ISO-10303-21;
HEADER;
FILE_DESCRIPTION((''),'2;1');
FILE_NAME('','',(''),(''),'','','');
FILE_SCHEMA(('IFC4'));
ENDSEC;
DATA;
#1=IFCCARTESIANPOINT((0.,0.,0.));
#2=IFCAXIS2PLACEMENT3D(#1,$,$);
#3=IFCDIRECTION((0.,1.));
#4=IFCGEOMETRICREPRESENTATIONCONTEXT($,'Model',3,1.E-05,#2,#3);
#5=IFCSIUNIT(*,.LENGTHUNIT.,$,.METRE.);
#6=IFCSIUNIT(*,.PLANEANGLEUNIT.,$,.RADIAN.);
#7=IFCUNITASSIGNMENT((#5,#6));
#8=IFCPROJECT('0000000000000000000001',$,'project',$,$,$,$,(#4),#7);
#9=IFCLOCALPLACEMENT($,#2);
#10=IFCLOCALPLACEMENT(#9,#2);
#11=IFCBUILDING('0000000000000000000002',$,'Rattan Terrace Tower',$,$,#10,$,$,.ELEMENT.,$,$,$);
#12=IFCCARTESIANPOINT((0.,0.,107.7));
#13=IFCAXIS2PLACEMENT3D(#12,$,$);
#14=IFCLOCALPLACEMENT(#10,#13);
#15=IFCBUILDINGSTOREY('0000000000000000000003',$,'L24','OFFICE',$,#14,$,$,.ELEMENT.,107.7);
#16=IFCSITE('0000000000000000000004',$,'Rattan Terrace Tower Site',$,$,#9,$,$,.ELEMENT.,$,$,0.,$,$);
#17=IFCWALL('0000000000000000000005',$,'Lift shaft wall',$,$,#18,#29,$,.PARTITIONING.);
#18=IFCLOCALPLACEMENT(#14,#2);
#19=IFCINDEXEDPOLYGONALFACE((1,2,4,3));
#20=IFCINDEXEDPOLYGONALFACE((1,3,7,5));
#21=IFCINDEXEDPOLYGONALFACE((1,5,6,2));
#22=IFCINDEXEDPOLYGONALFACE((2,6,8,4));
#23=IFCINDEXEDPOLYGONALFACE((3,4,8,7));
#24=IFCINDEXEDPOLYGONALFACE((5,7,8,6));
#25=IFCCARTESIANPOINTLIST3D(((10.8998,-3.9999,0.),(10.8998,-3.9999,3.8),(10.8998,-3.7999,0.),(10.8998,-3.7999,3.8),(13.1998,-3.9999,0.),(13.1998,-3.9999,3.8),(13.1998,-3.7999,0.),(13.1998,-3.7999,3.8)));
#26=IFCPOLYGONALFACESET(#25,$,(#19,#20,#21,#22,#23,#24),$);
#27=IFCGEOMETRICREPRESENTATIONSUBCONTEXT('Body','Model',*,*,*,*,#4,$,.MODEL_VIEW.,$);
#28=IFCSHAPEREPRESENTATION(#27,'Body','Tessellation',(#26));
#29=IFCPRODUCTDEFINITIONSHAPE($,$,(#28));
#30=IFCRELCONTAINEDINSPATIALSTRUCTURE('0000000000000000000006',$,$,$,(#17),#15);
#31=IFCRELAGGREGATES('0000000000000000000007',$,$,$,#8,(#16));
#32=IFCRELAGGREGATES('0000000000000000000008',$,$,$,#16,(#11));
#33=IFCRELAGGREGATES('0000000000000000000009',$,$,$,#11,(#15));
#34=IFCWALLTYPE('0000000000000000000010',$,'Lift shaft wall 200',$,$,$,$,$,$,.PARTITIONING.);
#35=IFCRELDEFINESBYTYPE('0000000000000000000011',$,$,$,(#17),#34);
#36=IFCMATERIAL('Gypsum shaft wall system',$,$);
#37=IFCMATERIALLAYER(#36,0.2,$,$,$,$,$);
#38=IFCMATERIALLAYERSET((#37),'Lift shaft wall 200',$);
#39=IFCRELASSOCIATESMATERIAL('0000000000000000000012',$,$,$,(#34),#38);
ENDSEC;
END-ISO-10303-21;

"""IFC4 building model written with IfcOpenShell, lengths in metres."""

from ifc_helpers import new_model, si_unit, direction, frame, frame_2d, origin, place, context, subcontext, project, spatial, rectangle, extrude, material, layer, layer_set, type_object, element, save


model = new_model("IFC4")

# Units and contexts
model_context = context("Model", 3, precision=1e-05, world=origin(), true_north=direction((0.0, 1.0)))
body_context = subcontext(model_context, "Body", "Model", "MODEL_VIEW")
ifc_project = project(units=[si_unit("LENGTHUNIT", "METRE"), si_unit("PLANEANGLEUNIT", "RADIAN")], contexts=[model_context])

# Site, building, storey
site_placement = place(None, origin())
site = spatial("IfcSite", under=ifc_project, at=site_placement, Name="Rattan Terrace Tower Site", CompositionType="ELEMENT", RefElevation=0.0)
building_placement = place(site_placement, origin())
building = spatial("IfcBuilding", under=site, at=building_placement, Name="Rattan Terrace Tower", CompositionType="ELEMENT")
storey_placement = place(building_placement, frame((0.0, 0.0, 107.7)))
storey = spatial("IfcBuildingStorey", under=building, at=storey_placement, Name="L24", Description="OFFICE", CompositionType="ELEMENT", Elevation=107.7)

# Shared definitions
ifc_material_1 = material(Name="Gypsum shaft wall system")
ifc_layer_1 = layer(ifc_material_1, 0.2)
ifc_layer_set_1 = layer_set([ifc_layer_1], Name="Lift shaft wall 200")
wall_type_1 = type_object("IfcWallType", Name="Lift shaft wall 200", PredefinedType="PARTITIONING", material=ifc_layer_set_1)

# Wall
wall_1_placement = place(storey_placement, frame((10.8999, -3.8999, 0.0), z_axis=(0.0, 0.0, 1.0), x_axis=(1.0, 0.0, 0.0)))
element("IfcWall", 1, at=wall_1_placement, inside=storey, type_object=wall_type_1, Name="Lift shaft wall", PredefinedType="PARTITIONING", context=body_context, shape_type="SweptSolid", body=[
    extrude(rectangle(XDim=2.3, YDim=0.2, at=frame_2d((1.1499, 0.0))), origin(), (0.0, 0.0, 1.0), 3.8),
])

save(model, "model.ifc")
